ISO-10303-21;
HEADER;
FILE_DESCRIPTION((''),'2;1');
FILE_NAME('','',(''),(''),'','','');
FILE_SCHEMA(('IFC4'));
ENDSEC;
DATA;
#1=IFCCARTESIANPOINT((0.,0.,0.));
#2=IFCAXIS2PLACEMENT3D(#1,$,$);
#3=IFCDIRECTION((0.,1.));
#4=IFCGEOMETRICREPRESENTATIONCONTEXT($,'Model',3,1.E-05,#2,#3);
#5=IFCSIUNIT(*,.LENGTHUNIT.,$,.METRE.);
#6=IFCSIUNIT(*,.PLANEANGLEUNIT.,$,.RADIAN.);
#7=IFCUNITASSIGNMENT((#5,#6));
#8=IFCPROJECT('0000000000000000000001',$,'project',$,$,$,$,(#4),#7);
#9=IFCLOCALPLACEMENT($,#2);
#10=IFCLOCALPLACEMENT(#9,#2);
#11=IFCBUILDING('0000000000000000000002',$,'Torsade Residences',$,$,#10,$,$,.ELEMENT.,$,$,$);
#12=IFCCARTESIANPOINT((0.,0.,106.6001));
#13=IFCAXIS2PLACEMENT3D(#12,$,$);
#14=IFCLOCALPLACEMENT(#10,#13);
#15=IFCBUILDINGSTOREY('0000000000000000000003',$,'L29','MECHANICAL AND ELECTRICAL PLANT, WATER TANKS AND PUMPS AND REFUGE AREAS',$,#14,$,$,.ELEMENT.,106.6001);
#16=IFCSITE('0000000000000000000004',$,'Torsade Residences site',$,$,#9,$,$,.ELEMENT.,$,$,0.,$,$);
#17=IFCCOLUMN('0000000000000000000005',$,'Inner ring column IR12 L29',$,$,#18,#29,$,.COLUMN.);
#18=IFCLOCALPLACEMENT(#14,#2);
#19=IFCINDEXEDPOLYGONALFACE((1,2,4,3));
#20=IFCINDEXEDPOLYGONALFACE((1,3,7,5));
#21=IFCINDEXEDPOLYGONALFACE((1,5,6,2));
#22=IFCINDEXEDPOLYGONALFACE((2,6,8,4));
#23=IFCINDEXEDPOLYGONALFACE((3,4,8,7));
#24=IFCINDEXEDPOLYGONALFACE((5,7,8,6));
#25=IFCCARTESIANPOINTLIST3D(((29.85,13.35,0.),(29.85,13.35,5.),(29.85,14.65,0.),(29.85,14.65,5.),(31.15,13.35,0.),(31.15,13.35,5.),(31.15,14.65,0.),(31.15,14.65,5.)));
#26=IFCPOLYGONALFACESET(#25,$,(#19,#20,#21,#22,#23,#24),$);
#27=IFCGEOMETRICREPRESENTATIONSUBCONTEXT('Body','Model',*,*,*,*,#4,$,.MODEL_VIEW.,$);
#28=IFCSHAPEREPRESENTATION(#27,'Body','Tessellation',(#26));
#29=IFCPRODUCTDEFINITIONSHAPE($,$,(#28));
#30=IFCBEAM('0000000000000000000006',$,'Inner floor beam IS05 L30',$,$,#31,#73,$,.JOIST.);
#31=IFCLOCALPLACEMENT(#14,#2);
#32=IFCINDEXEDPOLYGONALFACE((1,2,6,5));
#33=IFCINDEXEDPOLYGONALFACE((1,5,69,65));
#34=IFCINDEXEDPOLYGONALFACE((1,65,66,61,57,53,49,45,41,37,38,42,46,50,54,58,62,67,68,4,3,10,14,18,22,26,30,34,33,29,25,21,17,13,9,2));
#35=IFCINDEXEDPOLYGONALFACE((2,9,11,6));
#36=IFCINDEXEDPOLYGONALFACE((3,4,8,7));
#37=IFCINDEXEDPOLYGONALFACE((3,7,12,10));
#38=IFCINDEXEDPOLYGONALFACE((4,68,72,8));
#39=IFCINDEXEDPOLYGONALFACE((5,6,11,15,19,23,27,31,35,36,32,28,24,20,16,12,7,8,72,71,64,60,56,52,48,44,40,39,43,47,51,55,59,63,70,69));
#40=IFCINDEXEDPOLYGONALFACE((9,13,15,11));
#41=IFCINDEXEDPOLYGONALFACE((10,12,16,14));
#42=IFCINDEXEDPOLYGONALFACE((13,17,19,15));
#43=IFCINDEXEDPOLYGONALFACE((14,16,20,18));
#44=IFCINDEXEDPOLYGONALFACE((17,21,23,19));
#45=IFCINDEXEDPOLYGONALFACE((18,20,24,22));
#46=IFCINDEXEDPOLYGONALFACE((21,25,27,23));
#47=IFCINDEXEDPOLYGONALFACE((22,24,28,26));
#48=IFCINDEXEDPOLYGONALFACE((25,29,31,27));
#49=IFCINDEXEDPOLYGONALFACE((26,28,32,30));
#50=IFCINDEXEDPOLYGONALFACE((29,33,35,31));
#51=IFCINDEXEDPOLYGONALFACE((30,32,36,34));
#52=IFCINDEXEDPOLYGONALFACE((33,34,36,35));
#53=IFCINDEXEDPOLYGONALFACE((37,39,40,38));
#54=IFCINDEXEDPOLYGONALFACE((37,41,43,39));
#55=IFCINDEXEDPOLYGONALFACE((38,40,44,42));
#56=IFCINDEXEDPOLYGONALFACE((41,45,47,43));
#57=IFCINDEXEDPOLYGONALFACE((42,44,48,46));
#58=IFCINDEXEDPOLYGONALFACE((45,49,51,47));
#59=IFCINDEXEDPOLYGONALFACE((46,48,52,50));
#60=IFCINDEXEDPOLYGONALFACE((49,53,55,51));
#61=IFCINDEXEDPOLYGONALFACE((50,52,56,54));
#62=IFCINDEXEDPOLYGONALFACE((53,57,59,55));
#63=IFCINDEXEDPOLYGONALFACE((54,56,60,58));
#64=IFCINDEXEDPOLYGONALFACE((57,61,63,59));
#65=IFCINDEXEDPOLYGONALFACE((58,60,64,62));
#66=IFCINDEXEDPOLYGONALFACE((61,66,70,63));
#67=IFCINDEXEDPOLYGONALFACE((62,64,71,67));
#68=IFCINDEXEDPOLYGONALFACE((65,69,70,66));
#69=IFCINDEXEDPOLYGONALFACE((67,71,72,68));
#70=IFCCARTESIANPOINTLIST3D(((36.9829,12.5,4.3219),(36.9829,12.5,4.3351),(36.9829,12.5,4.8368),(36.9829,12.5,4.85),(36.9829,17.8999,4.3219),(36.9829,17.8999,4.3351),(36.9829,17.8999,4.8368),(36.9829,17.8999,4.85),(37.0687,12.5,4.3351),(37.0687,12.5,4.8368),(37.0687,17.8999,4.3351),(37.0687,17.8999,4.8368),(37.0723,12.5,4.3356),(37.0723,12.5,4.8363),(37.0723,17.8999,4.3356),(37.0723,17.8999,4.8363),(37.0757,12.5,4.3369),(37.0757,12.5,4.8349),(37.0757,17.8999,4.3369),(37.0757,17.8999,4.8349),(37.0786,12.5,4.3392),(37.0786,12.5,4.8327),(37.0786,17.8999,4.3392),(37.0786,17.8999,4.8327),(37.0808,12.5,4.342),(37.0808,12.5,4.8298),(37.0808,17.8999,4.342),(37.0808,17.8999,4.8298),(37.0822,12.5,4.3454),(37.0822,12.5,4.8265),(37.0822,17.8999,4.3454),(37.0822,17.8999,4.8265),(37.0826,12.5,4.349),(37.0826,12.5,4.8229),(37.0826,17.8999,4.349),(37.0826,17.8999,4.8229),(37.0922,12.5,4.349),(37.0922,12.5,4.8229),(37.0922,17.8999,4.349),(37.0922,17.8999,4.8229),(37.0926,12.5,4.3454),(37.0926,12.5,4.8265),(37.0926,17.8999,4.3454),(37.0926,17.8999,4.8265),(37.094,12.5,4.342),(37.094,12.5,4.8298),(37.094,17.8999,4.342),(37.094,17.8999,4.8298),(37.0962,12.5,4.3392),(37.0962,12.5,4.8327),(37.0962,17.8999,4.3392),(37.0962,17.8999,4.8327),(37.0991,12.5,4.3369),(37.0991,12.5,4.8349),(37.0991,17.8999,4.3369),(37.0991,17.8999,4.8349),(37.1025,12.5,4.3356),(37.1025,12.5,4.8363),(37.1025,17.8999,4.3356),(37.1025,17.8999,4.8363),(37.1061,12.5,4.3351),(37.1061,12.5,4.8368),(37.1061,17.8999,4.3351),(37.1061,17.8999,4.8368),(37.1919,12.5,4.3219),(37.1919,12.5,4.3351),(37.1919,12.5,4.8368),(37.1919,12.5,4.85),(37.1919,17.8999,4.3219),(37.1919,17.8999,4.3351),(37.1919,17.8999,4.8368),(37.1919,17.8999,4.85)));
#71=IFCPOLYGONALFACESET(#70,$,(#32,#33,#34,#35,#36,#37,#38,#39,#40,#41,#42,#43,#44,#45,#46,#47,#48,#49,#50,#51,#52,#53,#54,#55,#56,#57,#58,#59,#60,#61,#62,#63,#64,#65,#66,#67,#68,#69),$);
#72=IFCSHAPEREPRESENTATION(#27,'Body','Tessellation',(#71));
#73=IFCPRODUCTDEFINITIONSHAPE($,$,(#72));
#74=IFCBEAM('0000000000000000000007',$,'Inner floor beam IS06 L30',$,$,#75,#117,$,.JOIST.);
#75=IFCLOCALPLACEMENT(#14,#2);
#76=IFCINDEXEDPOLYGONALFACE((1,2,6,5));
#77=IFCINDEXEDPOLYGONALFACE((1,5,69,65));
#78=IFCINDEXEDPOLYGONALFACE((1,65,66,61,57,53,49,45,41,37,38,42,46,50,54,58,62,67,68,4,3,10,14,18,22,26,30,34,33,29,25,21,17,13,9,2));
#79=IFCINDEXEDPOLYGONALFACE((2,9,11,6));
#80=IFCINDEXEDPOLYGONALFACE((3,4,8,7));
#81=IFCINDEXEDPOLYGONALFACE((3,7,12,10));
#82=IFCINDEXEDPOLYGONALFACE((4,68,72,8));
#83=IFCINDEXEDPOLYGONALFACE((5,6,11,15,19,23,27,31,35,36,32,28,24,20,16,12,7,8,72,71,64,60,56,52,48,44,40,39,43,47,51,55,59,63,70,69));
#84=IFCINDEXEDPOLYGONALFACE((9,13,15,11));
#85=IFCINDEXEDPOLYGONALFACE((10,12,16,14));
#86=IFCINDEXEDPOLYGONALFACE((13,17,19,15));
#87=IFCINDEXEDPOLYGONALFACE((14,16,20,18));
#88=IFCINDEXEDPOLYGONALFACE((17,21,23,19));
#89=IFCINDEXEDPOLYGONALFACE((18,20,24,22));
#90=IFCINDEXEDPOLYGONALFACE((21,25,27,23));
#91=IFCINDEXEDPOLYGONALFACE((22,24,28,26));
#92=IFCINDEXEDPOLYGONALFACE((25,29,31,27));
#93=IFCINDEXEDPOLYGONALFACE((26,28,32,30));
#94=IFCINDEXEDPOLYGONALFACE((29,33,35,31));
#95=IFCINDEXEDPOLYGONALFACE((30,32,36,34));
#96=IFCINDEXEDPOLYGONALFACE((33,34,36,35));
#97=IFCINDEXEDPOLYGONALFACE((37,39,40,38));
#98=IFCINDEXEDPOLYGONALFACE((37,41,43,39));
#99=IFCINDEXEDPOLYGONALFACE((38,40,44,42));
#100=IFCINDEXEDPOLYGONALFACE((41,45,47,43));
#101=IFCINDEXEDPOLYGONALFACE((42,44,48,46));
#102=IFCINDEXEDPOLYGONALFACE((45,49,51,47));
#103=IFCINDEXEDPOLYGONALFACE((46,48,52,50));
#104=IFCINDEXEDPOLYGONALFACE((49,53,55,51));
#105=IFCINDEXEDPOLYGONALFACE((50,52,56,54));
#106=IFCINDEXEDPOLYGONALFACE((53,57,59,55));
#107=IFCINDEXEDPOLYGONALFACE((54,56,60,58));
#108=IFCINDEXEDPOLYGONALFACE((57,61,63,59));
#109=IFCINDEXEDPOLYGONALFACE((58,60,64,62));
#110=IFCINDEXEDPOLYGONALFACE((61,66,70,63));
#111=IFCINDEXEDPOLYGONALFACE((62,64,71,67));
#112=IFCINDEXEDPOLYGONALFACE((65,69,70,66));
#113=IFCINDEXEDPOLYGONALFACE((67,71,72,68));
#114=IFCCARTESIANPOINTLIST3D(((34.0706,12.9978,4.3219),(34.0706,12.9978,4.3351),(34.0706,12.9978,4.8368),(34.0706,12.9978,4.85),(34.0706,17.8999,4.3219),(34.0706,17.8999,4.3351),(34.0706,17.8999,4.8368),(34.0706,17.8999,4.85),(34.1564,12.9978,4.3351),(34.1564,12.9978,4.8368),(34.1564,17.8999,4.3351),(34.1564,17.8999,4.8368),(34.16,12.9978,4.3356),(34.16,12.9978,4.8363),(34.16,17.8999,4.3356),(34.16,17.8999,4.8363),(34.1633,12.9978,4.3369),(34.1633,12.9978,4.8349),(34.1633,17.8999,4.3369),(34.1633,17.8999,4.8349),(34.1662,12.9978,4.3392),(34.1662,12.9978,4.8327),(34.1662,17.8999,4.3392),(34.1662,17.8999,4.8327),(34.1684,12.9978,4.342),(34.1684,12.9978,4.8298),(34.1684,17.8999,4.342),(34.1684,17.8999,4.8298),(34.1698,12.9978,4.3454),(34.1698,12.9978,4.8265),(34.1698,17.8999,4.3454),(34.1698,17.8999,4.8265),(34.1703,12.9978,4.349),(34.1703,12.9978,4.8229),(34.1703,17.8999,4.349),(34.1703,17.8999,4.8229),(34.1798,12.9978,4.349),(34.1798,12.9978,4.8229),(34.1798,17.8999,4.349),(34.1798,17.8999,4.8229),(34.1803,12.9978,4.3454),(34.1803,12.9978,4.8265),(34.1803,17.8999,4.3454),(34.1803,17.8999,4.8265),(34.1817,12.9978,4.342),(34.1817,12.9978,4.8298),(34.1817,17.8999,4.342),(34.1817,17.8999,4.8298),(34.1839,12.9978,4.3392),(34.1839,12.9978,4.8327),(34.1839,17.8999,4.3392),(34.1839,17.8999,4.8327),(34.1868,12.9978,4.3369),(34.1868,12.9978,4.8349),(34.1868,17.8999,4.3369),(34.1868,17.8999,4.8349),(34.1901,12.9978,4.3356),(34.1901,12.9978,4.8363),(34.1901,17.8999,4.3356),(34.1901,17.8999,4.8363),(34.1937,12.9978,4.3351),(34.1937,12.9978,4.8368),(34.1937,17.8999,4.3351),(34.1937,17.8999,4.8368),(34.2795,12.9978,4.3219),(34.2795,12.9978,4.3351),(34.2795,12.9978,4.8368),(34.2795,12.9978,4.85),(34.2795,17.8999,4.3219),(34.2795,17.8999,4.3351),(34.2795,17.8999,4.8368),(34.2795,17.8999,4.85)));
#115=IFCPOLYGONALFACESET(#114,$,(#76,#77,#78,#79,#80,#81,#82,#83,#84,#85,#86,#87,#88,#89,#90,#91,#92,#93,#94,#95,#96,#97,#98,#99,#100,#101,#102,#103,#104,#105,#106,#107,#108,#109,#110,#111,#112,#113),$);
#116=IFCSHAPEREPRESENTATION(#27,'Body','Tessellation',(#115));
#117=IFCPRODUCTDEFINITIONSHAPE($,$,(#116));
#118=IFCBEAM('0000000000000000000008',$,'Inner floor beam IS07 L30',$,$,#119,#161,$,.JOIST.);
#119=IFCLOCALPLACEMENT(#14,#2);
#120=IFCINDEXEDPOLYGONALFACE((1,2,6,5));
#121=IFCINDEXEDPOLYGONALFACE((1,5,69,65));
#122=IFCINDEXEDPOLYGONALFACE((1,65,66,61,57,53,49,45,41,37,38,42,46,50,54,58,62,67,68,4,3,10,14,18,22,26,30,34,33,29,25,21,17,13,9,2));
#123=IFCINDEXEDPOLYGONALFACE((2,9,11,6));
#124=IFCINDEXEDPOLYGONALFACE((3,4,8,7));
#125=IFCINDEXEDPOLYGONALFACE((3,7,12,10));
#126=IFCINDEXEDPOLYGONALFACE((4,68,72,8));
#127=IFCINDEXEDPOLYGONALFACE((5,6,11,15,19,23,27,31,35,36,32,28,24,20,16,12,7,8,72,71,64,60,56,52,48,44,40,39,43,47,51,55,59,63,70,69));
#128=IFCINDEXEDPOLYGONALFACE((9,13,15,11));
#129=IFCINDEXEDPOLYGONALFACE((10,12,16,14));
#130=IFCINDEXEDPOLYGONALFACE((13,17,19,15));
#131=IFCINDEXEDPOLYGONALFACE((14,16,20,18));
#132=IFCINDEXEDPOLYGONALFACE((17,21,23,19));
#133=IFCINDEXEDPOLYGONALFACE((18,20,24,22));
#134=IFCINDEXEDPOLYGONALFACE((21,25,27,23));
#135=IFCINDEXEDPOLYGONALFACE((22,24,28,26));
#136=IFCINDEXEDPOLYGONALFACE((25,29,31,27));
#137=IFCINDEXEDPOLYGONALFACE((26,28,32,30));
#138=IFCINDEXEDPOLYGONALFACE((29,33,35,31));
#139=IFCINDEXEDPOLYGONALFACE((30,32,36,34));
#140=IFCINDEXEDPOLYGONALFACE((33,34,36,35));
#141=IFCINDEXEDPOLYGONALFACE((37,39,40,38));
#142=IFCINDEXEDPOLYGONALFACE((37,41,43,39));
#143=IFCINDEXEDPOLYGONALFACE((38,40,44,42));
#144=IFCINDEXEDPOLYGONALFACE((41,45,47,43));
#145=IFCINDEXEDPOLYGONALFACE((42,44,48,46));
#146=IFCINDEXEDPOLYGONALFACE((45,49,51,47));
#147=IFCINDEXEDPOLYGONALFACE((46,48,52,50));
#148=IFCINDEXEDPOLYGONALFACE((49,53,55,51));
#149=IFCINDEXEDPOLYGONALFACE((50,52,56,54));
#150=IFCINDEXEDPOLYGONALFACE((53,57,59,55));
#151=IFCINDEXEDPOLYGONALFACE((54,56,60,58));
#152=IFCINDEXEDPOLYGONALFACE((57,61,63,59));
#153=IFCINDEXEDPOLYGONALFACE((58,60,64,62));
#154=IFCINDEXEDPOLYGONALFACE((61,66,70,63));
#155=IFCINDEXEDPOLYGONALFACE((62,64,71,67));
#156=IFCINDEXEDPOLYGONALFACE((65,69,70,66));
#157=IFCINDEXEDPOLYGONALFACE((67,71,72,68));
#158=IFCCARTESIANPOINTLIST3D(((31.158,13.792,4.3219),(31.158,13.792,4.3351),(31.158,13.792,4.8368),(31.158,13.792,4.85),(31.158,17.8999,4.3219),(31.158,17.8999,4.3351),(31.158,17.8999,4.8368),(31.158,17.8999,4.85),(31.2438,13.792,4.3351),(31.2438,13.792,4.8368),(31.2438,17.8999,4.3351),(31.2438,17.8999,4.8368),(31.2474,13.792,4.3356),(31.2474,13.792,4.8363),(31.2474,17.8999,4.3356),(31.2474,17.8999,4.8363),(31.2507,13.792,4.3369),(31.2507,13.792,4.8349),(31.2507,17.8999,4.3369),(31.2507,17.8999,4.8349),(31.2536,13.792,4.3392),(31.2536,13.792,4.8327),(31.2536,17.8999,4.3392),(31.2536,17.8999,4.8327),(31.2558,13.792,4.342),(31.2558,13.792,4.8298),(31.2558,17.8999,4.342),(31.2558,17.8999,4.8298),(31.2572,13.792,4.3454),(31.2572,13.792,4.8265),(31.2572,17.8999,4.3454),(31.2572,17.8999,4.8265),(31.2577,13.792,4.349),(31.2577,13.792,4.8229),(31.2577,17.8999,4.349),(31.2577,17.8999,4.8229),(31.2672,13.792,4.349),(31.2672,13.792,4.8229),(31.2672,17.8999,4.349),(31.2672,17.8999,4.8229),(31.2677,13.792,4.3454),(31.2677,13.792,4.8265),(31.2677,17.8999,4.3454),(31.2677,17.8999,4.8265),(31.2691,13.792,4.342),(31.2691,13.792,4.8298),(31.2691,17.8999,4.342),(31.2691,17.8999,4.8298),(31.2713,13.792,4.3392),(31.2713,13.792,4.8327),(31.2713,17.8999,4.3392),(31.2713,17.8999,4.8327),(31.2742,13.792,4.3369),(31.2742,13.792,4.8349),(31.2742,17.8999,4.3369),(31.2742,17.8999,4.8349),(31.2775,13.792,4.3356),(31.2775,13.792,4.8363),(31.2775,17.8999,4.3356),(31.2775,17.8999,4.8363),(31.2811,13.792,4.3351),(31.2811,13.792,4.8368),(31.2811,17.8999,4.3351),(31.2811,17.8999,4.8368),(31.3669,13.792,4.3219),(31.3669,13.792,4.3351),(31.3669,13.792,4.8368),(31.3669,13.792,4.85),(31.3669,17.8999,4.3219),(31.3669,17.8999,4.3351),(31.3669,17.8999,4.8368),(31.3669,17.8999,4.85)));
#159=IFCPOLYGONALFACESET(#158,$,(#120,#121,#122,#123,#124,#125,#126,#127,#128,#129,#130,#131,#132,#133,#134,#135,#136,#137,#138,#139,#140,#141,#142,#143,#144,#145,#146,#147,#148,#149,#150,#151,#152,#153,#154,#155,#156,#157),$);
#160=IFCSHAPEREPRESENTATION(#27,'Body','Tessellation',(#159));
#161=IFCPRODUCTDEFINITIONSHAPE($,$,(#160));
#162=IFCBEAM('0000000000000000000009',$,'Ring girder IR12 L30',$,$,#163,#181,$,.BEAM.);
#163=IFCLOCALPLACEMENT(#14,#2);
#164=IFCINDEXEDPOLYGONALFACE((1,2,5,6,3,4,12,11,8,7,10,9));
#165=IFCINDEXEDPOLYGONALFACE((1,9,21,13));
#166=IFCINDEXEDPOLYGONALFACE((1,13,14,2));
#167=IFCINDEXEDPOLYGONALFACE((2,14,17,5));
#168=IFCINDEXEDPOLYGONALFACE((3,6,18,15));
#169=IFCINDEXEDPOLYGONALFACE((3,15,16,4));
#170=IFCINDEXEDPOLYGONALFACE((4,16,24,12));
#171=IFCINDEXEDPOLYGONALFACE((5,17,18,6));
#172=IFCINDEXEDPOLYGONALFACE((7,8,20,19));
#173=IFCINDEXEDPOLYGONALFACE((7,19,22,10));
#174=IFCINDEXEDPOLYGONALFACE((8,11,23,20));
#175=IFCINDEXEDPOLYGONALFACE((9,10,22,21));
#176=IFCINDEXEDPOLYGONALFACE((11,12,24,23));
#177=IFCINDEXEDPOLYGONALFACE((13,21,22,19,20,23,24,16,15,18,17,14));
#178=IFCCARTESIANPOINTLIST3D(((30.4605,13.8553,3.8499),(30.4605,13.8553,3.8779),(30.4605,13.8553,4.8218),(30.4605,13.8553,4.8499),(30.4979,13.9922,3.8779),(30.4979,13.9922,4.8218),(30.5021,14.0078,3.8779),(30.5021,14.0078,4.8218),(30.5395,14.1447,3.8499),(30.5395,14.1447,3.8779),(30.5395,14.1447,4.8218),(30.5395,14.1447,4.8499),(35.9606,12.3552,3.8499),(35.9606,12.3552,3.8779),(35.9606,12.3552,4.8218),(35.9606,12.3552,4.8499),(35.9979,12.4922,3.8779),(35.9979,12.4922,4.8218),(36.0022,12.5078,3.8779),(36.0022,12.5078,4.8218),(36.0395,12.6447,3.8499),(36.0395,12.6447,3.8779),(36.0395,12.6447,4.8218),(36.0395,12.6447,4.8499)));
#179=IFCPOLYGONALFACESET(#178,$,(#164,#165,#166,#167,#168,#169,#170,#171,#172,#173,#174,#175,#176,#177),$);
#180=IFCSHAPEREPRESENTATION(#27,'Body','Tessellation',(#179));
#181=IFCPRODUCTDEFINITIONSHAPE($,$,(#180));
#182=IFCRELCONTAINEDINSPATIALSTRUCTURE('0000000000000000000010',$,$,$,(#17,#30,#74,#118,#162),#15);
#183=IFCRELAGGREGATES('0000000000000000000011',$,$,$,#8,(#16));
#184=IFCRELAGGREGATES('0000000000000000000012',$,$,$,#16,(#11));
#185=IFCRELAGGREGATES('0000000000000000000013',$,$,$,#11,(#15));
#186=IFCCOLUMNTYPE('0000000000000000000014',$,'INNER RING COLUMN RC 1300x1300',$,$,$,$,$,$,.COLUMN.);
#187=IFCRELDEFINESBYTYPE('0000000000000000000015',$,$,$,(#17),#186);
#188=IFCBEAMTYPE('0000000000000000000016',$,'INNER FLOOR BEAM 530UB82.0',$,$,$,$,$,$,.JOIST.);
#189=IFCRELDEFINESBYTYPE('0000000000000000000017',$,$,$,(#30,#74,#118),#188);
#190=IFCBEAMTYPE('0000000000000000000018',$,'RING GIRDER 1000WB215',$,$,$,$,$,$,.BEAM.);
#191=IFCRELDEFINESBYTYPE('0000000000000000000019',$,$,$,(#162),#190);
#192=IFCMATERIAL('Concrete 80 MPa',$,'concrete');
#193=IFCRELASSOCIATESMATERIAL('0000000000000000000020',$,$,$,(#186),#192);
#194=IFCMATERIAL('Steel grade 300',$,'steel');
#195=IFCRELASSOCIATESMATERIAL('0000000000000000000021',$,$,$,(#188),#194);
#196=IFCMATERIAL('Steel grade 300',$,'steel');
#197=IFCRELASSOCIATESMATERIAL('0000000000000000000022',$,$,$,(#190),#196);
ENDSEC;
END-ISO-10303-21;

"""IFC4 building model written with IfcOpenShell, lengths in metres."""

from ifc_helpers import new_model, si_unit, direction, frame, origin, origin_2d, place, context, subcontext, project, spatial, rectangle, i_section, extrude, material, material_profile, profile_set, type_object, element, save


model = new_model("IFC4")

# Units and contexts
model_context = context("Model", 3, precision=1e-05, world=origin(), true_north=direction((0.0, 1.0)))
body_context = subcontext(model_context, "Body", "Model", "MODEL_VIEW")
ifc_project = project(units=[si_unit("LENGTHUNIT", "METRE"), si_unit("PLANEANGLEUNIT", "RADIAN")], contexts=[model_context])

# Site, building, storey
site_placement = place(None, origin())
site = spatial("IfcSite", under=ifc_project, at=site_placement, Name="Torsade Residences site", CompositionType="ELEMENT", RefElevation=0.0)
building_placement = place(site_placement, origin())
building = spatial("IfcBuilding", under=site, at=building_placement, Name="Torsade Residences", CompositionType="ELEMENT")
storey_placement = place(building_placement, frame((0.0, 0.0, 106.6001)))
storey = spatial("IfcBuildingStorey", under=building, at=storey_placement, Name="L29", Description="MECHANICAL AND ELECTRICAL PLANT, WATER TANKS AND PUMPS AND REFUGE AREAS", CompositionType="ELEMENT", Elevation=106.6001)

# Column
ifc_material_1 = material(Name="Concrete 80 MPa", Category="concrete")
ifc_material_profile_1 = material_profile(ifc_material_1, rectangle(XDim=1.3, YDim=1.3, at=origin_2d()), Name="RC 1300x1300")
ifc_profile_set_1 = profile_set([ifc_material_profile_1], Name="Concrete 80 MPa")
column_type = type_object("IfcColumnType", Name="INNER RING COLUMN RC 1300x1300", PredefinedType="COLUMN", material=ifc_profile_set_1)
column_placement = place(storey_placement, frame((30.5, 14.0, 0.0), z_axis=(0.0, 0.0, 1.0), x_axis=(1.0, 0.0, 0.0)))
element("IfcColumn", 1, at=column_placement, inside=storey, type_object=column_type, Name="Inner ring column IR12 L29", PredefinedType="COLUMN", context=body_context, shape_type="SweptSolid", body=[
    extrude(rectangle(XDim=1.3, YDim=1.3, at=origin_2d()), origin(), (0.0, 0.0, 1.0), 5.0),
])

# Beams
ifc_material_2 = material(Name="Steel grade 300", Category="steel")
ifc_material_profile_2 = material_profile(ifc_material_2, i_section(OverallWidth=0.209, OverallDepth=0.5281, WebThickness=0.0095, FlangeThickness=0.0132, FilletRadius=0.0139, at=origin_2d()), Name="530UB82.0")
ifc_profile_set_2 = profile_set([ifc_material_profile_2], Name="Steel grade 300")
beam_type_1 = type_object("IfcBeamType", Name="INNER FLOOR BEAM 530UB82.0", PredefinedType="JOIST", material=ifc_profile_set_2)
beam_1_placement = place(storey_placement, frame((37.0874, 17.8999, 4.5859), z_axis=(0.0, -1.0, 0.0), x_axis=(1.0, 0.0, 0.0)))
element("IfcBeam", 2, at=beam_1_placement, inside=storey, type_object=beam_type_1, Name="Inner floor beam IS05 L30", PredefinedType="JOIST", context=body_context, shape_type="SweptSolid", body=[
    extrude(i_section(OverallWidth=0.209, OverallDepth=0.5281, WebThickness=0.0095, FlangeThickness=0.0132, FilletRadius=0.0139, at=origin_2d()), origin(), (0.0, 0.0, 1.0), 5.3999),
])
beam_2_placement = place(storey_placement, frame((34.175, 17.8999, 4.5859), z_axis=(0.0, -1.0, 0.0), x_axis=(1.0, 0.0, 0.0)))
element("IfcBeam", 3, at=beam_2_placement, inside=storey, type_object=beam_type_1, Name="Inner floor beam IS06 L30", PredefinedType="JOIST", context=body_context, shape_type="SweptSolid", body=[
    extrude(i_section(OverallWidth=0.209, OverallDepth=0.5281, WebThickness=0.0095, FlangeThickness=0.0132, FilletRadius=0.0139, at=origin_2d()), origin(), (0.0, 0.0, 1.0), 4.9021),
])
beam_3_placement = place(storey_placement, frame((31.2625, 17.8999, 4.5859), z_axis=(0.0, -1.0, 0.0), x_axis=(1.0, 0.0, 0.0)))
element("IfcBeam", 4, at=beam_3_placement, inside=storey, type_object=beam_type_1, Name="Inner floor beam IS07 L30", PredefinedType="JOIST", context=body_context, shape_type="SweptSolid", body=[
    extrude(i_section(OverallWidth=0.209, OverallDepth=0.5281, WebThickness=0.0095, FlangeThickness=0.0132, FilletRadius=0.0139, at=origin_2d()), origin(), (0.0, 0.0, 1.0), 4.1079),
])
ifc_material_3 = material(Name="Steel grade 300", Category="steel")
ifc_material_profile_3 = material_profile(ifc_material_3, i_section(OverallWidth=0.3, OverallDepth=1.0, WebThickness=0.0161, FlangeThickness=0.0281, at=origin_2d()), Name="1000WB215")
ifc_profile_set_3 = profile_set([ifc_material_profile_3], Name="Steel grade 300")
beam_type_2 = type_object("IfcBeamType", Name="RING GIRDER 1000WB215", PredefinedType="BEAM", material=ifc_profile_set_3)
beam_4_placement = place(storey_placement, frame((30.5, 14.0, 4.3499), z_axis=(0.964764, -0.263117, 0.0), x_axis=(0.263117, 0.964764, 0.0)))
element("IfcBeam", 5, at=beam_4_placement, inside=storey, type_object=beam_type_2, Name="Ring girder IR12 L30", PredefinedType="BEAM", context=body_context, shape_type="SweptSolid", body=[
    extrude(i_section(OverallWidth=0.3, OverallDepth=1.0, WebThickness=0.0161, FlangeThickness=0.0281, at=origin_2d()), origin(), (0.0, 0.0, 1.0), 5.7009),
])

save(model, "model.ifc")
